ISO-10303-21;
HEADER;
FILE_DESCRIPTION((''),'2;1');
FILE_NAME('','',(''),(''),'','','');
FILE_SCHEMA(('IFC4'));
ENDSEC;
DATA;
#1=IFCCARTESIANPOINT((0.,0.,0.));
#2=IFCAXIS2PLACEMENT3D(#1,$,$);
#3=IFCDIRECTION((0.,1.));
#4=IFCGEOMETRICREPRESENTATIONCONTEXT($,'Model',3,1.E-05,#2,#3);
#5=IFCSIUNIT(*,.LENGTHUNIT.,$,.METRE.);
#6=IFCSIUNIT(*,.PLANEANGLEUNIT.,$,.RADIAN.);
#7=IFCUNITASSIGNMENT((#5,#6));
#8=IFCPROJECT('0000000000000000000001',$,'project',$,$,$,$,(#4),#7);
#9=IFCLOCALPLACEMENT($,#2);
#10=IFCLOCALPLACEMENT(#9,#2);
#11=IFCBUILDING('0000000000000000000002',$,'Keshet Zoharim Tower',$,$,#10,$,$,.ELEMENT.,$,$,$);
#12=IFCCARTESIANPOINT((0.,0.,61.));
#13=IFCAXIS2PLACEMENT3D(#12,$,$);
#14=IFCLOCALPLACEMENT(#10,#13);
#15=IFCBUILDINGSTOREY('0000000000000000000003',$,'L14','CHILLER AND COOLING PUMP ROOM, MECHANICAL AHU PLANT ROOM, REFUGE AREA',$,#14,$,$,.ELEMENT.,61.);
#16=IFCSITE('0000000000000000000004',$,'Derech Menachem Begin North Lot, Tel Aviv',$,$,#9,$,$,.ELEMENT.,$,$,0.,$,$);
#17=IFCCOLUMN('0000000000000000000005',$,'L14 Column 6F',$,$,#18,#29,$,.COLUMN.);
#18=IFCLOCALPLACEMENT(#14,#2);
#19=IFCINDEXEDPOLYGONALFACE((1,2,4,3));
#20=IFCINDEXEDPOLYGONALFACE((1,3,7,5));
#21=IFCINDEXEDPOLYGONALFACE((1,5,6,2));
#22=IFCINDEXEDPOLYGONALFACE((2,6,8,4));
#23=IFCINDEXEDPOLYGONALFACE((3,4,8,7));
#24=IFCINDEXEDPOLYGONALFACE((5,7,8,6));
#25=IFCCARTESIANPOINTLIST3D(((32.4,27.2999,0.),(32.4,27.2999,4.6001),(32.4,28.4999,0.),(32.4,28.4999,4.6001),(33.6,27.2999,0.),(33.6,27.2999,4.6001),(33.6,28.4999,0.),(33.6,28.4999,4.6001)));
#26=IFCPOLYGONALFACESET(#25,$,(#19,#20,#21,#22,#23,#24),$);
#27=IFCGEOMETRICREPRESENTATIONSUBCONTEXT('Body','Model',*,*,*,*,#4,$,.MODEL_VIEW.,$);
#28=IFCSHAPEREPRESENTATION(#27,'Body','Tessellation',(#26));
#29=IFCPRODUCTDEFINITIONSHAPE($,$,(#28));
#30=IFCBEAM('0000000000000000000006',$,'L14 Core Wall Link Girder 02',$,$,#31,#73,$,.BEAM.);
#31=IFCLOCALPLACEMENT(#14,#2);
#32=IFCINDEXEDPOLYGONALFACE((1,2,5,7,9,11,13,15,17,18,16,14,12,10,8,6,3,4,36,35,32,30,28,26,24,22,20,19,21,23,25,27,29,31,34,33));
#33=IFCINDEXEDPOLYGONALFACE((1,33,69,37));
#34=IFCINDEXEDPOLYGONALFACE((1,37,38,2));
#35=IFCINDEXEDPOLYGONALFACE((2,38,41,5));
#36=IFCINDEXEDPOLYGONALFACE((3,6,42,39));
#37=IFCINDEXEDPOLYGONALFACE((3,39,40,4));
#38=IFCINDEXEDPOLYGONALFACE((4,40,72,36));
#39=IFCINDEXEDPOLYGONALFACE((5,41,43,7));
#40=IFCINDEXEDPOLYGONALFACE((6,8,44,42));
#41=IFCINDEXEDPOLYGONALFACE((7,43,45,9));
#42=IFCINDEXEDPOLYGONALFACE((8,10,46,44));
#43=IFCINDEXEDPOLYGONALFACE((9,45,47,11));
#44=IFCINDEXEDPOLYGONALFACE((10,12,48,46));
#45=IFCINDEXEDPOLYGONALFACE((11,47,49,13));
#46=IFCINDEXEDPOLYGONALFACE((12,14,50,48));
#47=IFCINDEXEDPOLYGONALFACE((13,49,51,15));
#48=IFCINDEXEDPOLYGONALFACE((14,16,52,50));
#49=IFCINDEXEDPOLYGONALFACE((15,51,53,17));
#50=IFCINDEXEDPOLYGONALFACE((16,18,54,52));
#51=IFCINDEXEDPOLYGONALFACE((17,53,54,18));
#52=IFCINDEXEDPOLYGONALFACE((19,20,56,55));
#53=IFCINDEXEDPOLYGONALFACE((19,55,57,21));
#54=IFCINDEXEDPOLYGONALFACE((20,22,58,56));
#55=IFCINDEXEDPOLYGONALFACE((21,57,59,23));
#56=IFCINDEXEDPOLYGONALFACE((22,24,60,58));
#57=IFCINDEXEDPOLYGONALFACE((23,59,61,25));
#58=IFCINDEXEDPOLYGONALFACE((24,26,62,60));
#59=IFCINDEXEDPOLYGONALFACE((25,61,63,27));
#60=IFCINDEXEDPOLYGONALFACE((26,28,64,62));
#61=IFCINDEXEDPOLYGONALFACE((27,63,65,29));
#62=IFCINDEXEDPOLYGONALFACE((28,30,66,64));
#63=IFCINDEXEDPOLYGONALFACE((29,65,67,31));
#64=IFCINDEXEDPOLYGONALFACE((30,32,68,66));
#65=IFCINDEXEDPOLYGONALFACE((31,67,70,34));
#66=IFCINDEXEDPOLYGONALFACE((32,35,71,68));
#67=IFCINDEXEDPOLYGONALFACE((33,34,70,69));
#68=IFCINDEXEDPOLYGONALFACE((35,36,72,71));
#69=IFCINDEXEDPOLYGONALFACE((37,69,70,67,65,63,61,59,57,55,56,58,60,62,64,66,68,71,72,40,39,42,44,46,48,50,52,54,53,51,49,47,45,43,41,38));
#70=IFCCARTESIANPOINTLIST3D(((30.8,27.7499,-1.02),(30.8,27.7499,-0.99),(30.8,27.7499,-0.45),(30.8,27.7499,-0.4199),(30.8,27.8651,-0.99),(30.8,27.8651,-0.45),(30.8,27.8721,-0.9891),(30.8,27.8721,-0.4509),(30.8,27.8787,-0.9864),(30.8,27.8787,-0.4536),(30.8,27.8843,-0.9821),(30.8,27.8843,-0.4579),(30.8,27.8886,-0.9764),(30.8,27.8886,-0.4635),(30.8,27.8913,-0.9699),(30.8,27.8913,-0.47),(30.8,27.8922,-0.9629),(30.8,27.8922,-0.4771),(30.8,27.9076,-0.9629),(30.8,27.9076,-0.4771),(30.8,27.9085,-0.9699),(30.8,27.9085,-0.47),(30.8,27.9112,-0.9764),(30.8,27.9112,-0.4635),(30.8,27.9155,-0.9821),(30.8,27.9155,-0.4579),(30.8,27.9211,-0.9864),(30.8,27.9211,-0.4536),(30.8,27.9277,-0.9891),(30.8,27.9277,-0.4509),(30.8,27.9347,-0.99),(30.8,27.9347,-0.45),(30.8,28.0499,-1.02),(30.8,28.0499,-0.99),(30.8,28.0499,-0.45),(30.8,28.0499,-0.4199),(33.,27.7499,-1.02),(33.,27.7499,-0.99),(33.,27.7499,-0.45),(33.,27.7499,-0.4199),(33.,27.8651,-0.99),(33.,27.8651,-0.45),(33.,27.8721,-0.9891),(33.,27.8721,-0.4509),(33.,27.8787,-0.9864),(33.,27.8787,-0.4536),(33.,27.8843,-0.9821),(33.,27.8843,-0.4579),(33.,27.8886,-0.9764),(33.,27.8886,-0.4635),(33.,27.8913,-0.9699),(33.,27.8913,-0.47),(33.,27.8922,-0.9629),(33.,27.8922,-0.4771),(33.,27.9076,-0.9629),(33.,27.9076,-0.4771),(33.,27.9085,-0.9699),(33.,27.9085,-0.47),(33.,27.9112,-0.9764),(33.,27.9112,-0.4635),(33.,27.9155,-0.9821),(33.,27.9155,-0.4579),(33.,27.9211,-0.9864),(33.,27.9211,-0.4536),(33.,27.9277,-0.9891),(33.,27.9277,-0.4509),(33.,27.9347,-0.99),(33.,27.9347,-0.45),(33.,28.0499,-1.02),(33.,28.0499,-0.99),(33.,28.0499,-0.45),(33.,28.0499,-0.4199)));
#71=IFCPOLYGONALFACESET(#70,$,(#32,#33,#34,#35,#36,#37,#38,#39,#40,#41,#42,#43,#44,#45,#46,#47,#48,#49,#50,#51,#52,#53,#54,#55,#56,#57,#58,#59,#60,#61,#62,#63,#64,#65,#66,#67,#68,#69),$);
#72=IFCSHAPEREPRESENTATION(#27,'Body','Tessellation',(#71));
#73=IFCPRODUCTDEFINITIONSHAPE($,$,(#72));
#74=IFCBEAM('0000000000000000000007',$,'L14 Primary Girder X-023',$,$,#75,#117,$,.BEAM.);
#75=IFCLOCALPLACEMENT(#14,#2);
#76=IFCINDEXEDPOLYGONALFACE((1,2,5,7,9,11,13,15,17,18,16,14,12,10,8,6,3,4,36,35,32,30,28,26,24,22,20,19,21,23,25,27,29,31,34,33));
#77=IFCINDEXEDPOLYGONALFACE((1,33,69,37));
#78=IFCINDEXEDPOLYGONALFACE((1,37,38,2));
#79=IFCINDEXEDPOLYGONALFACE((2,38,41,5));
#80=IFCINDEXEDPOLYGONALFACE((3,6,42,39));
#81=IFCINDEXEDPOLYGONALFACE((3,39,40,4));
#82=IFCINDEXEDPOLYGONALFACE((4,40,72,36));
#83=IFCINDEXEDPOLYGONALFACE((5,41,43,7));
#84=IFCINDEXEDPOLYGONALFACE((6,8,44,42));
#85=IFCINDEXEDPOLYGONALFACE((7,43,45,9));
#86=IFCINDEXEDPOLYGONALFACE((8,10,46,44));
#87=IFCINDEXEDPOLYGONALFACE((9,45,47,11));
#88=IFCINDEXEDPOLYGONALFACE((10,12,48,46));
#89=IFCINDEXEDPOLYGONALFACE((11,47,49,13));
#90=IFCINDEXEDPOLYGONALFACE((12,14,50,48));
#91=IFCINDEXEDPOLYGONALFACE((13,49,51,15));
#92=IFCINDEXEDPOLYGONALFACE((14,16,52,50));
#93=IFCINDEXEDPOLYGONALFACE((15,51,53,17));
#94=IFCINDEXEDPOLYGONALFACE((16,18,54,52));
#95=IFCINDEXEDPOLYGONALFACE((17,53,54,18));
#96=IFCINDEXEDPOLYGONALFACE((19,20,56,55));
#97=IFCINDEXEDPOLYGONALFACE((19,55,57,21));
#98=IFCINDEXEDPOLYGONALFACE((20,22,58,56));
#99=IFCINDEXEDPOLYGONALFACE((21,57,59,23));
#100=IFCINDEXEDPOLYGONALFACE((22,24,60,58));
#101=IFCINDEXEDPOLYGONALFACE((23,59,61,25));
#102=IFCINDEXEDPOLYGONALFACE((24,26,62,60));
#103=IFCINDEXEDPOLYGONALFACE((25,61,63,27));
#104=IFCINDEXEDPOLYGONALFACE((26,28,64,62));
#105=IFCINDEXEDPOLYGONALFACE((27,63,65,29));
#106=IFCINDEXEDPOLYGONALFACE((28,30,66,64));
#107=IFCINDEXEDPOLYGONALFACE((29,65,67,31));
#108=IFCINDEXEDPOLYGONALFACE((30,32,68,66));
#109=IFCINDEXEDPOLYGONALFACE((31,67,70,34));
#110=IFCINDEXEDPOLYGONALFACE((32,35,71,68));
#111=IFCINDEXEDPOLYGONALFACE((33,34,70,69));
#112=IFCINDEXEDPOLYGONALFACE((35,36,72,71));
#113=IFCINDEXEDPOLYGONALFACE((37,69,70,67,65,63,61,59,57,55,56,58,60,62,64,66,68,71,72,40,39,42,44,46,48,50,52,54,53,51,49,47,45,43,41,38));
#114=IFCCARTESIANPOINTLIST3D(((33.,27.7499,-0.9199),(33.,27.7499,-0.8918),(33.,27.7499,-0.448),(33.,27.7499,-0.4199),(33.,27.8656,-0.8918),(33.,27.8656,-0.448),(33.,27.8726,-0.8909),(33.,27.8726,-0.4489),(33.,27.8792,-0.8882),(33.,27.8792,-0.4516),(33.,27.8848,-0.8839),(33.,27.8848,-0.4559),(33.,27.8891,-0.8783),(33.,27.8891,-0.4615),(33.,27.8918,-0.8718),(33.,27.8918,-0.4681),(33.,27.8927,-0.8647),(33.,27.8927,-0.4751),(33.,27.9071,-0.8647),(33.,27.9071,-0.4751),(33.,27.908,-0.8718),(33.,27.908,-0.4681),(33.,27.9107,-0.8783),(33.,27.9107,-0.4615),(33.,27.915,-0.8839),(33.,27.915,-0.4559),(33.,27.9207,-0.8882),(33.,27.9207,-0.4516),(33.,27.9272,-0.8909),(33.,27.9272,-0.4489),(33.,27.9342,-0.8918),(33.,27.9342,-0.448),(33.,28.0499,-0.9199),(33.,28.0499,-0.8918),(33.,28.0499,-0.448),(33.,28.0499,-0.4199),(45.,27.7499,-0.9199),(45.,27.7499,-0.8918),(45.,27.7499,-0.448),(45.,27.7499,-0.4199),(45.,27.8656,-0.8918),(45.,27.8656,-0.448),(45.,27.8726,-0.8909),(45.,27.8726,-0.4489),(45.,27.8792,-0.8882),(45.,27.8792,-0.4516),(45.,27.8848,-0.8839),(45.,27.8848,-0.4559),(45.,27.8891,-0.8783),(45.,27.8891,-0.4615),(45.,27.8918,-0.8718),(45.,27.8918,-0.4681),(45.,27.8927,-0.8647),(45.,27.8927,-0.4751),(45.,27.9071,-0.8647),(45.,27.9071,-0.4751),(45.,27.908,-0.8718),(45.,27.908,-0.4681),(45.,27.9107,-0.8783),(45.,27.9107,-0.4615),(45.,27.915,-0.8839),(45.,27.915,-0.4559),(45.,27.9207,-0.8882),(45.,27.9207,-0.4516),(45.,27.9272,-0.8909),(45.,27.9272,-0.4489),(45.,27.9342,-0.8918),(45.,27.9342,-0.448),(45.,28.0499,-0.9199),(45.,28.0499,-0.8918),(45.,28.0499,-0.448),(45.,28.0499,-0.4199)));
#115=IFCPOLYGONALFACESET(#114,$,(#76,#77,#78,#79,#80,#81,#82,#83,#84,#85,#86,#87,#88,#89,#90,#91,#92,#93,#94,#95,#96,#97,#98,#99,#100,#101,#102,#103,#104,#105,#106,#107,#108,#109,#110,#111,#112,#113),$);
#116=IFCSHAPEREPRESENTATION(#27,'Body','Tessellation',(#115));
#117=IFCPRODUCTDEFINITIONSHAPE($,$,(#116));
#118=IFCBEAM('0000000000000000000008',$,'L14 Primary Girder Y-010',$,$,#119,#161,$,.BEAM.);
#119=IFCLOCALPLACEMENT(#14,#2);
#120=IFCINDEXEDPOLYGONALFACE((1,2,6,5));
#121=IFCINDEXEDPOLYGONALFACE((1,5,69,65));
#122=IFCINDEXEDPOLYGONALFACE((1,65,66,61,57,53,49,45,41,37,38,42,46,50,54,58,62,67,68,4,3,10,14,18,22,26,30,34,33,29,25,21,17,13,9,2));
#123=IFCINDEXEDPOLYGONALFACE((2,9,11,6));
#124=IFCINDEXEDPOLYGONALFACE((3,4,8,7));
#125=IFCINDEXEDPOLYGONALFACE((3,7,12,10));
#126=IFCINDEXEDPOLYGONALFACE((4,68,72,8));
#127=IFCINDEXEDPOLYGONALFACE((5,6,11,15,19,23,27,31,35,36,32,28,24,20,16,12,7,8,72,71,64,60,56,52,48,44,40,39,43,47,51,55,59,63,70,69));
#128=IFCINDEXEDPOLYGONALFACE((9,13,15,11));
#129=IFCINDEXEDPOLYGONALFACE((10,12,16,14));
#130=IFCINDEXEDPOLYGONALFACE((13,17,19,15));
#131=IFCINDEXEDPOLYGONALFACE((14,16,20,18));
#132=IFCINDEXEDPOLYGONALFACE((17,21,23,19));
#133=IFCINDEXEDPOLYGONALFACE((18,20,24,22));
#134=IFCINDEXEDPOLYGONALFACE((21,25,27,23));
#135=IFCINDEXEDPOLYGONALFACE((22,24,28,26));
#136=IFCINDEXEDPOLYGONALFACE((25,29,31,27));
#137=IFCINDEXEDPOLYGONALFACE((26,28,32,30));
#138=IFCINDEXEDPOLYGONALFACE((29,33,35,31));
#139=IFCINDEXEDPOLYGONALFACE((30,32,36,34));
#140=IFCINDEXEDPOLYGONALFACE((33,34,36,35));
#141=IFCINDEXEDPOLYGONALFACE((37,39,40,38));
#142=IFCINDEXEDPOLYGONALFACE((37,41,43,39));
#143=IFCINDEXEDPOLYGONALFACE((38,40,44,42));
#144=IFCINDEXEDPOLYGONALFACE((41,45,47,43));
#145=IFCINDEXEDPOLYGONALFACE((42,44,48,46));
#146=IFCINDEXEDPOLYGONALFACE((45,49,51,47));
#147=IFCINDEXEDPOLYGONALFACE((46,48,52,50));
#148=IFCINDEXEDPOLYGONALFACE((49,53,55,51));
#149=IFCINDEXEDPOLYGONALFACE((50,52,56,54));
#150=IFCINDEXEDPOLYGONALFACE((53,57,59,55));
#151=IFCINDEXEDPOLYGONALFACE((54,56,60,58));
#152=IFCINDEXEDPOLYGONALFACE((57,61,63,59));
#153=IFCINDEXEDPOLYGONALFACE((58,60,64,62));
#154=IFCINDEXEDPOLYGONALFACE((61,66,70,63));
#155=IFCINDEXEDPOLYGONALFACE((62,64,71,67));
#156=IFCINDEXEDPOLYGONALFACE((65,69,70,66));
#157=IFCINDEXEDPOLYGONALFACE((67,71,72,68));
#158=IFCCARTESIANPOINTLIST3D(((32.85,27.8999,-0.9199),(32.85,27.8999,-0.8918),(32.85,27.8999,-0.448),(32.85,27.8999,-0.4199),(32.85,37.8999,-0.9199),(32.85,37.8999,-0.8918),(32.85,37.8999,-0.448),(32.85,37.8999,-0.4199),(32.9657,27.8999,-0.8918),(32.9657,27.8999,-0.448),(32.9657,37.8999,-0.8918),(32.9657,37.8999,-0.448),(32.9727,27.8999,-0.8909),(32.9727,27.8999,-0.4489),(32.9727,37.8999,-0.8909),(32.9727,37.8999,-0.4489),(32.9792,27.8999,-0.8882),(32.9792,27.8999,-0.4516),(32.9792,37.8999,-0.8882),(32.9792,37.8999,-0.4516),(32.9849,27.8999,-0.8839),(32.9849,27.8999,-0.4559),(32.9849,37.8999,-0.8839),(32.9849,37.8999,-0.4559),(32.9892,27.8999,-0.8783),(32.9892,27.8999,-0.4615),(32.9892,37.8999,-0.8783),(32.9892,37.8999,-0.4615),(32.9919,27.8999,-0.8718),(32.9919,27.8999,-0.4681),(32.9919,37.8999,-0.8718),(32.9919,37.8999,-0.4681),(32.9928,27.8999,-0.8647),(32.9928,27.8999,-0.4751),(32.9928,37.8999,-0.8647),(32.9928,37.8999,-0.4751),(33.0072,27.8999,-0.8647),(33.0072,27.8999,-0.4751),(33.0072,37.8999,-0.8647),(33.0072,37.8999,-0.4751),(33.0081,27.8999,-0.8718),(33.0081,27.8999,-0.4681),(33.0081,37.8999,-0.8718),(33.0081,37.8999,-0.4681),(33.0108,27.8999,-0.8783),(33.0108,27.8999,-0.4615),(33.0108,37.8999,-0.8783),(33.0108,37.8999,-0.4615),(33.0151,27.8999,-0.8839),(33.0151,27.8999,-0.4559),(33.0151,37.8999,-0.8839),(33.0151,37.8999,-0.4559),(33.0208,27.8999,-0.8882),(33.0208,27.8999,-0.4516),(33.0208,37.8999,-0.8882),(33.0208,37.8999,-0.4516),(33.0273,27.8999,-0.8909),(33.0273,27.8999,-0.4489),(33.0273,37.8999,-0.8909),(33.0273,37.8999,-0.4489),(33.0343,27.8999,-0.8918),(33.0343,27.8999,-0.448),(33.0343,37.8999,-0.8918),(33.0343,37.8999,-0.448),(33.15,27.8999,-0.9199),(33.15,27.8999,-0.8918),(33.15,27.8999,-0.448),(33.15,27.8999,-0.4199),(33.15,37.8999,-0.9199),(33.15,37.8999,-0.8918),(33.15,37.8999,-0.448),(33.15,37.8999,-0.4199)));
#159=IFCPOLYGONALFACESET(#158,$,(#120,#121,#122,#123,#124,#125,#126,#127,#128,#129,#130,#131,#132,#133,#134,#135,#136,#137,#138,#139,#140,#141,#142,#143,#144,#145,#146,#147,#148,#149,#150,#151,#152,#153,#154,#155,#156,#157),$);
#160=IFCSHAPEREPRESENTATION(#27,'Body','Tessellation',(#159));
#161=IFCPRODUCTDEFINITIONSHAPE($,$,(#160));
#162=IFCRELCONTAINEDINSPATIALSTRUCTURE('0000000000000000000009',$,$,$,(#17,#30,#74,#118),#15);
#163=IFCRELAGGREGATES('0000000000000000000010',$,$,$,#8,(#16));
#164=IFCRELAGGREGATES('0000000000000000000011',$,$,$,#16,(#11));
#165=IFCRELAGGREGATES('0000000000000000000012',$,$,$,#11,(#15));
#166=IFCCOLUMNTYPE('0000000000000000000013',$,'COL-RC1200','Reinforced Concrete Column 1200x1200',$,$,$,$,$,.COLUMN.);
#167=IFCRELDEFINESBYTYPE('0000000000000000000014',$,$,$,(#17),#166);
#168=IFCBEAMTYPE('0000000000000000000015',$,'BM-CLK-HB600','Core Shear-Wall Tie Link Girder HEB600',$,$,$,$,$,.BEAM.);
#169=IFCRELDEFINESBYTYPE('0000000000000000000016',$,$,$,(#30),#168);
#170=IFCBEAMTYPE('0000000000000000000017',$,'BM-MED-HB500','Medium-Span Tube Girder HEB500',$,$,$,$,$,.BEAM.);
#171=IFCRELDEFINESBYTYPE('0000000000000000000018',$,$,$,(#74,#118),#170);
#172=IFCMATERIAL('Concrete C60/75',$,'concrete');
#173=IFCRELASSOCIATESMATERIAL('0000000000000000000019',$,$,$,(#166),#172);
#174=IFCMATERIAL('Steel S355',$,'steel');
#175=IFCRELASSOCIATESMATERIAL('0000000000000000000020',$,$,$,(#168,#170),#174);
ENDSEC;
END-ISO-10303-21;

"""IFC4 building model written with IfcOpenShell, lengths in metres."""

from ifc_helpers import new_model, si_unit, direction, frame, origin, origin_2d, place, context, subcontext, project, spatial, rectangle, i_section, extrude, material, material_profile, profile_set, type_object, element, save


model = new_model("IFC4")

# Units and contexts
model_context = context("Model", 3, precision=1e-05, world=origin(), true_north=direction((0.0, 1.0)))
body_context = subcontext(model_context, "Body", "Model", "MODEL_VIEW")
ifc_project = project(units=[si_unit("LENGTHUNIT", "METRE"), si_unit("PLANEANGLEUNIT", "RADIAN")], contexts=[model_context])

# Site, building, storey
site_placement = place(None, origin())
site = spatial("IfcSite", under=ifc_project, at=site_placement, Name="Derech Menachem Begin North Lot, Tel Aviv", CompositionType="ELEMENT", RefElevation=0.0)
building_placement = place(site_placement, origin())
building = spatial("IfcBuilding", under=site, at=building_placement, Name="Keshet Zoharim Tower", CompositionType="ELEMENT")
storey_placement = place(building_placement, frame((0.0, 0.0, 61.0)))
storey = spatial("IfcBuildingStorey", under=building, at=storey_placement, Name="L14", Description="CHILLER AND COOLING PUMP ROOM, MECHANICAL AHU PLANT ROOM, REFUGE AREA", CompositionType="ELEMENT", Elevation=61.0)

# Column
ifc_material_1 = material(Name="Concrete C60/75", Category="concrete")
ifc_material_profile_1 = material_profile(ifc_material_1, rectangle(XDim=1.2, YDim=1.2, at=origin_2d()), Name="RC1200x1200")
ifc_profile_set_1 = profile_set([ifc_material_profile_1], Name="Concrete C60/75")
column_type = type_object("IfcColumnType", Name="COL-RC1200", Description="Reinforced Concrete Column 1200x1200", PredefinedType="COLUMN", material=ifc_profile_set_1)
column_placement = place(storey_placement, frame((33.0, 27.8999, 0.0), z_axis=(0.0, 0.0, 1.0), x_axis=(1.0, 0.0, 0.0)))
element("IfcColumn", 1, at=column_placement, inside=storey, type_object=column_type, Name="L14 Column 6F", PredefinedType="COLUMN", context=body_context, shape_type="SweptSolid", body=[
    extrude(rectangle(XDim=1.2, YDim=1.2, at=origin_2d()), origin(), (0.0, 0.0, 1.0), 4.6001),
])

# Beams
ifc_material_2 = material(Name="Steel S355", Category="steel")
ifc_material_profile_2 = material_profile(ifc_material_2, i_section(OverallWidth=0.3, OverallDepth=0.6001, WebThickness=0.0154, FlangeThickness=0.03, FilletRadius=0.0271, at=origin_2d()), Name="HEB600")
ifc_profile_set_2 = profile_set([ifc_material_profile_2], Name="Steel S355")
beam_type_1 = type_object("IfcBeamType", Name="BM-CLK-HB600", Description="Core Shear-Wall Tie Link Girder HEB600", PredefinedType="BEAM", material=ifc_profile_set_2)
beam_1_placement = place(storey_placement, frame((30.8, 27.8999, -0.72), z_axis=(1.0, 0.0, 0.0), x_axis=(0.0, 1.0, 0.0)))
element("IfcBeam", 2, at=beam_1_placement, inside=storey, type_object=beam_type_1, Name="L14 Core Wall Link Girder 02", PredefinedType="BEAM", context=body_context, shape_type="SweptSolid", body=[
    extrude(i_section(OverallWidth=0.3, OverallDepth=0.6001, WebThickness=0.0154, FlangeThickness=0.03, FilletRadius=0.0271, at=origin_2d()), origin(), (0.0, 0.0, 1.0), 2.2),
])
ifc_material_profile_3 = material_profile(ifc_material_2, i_section(OverallWidth=0.3, OverallDepth=0.5, WebThickness=0.0144, FlangeThickness=0.0281, FilletRadius=0.0271, at=origin_2d()), Name="HEB500")
ifc_profile_set_3 = profile_set([ifc_material_profile_3], Name="Steel S355")
beam_type_2 = type_object("IfcBeamType", Name="BM-MED-HB500", Description="Medium-Span Tube Girder HEB500", PredefinedType="BEAM", material=ifc_profile_set_3)
beam_2_placement = place(storey_placement, frame((33.0, 27.8999, -0.6699), z_axis=(1.0, 0.0, 0.0), x_axis=(0.0, 1.0, 0.0)))
element("IfcBeam", 3, at=beam_2_placement, inside=storey, type_object=beam_type_2, Name="L14 Primary Girder X-023", PredefinedType="BEAM", context=body_context, shape_type="SweptSolid", body=[
    extrude(i_section(OverallWidth=0.3, OverallDepth=0.5, WebThickness=0.0144, FlangeThickness=0.0281, FilletRadius=0.0271, at=origin_2d()), origin(), (0.0, 0.0, 1.0), 12.0),
])
beam_3_placement = place(storey_placement, frame((33.0, 27.8999, -0.6699), z_axis=(0.0, 1.0, 0.0), x_axis=(-1.0, 0.0, 0.0)))
element("IfcBeam", 4, at=beam_3_placement, inside=storey, type_object=beam_type_2, Name="L14 Primary Girder Y-010", PredefinedType="BEAM", context=body_context, shape_type="SweptSolid", body=[
    extrude(i_section(OverallWidth=0.3, OverallDepth=0.5, WebThickness=0.0144, FlangeThickness=0.0281, FilletRadius=0.0271, at=origin_2d()), origin(), (0.0, 0.0, 1.0), 10.0),
])

save(model, "model.ifc")
